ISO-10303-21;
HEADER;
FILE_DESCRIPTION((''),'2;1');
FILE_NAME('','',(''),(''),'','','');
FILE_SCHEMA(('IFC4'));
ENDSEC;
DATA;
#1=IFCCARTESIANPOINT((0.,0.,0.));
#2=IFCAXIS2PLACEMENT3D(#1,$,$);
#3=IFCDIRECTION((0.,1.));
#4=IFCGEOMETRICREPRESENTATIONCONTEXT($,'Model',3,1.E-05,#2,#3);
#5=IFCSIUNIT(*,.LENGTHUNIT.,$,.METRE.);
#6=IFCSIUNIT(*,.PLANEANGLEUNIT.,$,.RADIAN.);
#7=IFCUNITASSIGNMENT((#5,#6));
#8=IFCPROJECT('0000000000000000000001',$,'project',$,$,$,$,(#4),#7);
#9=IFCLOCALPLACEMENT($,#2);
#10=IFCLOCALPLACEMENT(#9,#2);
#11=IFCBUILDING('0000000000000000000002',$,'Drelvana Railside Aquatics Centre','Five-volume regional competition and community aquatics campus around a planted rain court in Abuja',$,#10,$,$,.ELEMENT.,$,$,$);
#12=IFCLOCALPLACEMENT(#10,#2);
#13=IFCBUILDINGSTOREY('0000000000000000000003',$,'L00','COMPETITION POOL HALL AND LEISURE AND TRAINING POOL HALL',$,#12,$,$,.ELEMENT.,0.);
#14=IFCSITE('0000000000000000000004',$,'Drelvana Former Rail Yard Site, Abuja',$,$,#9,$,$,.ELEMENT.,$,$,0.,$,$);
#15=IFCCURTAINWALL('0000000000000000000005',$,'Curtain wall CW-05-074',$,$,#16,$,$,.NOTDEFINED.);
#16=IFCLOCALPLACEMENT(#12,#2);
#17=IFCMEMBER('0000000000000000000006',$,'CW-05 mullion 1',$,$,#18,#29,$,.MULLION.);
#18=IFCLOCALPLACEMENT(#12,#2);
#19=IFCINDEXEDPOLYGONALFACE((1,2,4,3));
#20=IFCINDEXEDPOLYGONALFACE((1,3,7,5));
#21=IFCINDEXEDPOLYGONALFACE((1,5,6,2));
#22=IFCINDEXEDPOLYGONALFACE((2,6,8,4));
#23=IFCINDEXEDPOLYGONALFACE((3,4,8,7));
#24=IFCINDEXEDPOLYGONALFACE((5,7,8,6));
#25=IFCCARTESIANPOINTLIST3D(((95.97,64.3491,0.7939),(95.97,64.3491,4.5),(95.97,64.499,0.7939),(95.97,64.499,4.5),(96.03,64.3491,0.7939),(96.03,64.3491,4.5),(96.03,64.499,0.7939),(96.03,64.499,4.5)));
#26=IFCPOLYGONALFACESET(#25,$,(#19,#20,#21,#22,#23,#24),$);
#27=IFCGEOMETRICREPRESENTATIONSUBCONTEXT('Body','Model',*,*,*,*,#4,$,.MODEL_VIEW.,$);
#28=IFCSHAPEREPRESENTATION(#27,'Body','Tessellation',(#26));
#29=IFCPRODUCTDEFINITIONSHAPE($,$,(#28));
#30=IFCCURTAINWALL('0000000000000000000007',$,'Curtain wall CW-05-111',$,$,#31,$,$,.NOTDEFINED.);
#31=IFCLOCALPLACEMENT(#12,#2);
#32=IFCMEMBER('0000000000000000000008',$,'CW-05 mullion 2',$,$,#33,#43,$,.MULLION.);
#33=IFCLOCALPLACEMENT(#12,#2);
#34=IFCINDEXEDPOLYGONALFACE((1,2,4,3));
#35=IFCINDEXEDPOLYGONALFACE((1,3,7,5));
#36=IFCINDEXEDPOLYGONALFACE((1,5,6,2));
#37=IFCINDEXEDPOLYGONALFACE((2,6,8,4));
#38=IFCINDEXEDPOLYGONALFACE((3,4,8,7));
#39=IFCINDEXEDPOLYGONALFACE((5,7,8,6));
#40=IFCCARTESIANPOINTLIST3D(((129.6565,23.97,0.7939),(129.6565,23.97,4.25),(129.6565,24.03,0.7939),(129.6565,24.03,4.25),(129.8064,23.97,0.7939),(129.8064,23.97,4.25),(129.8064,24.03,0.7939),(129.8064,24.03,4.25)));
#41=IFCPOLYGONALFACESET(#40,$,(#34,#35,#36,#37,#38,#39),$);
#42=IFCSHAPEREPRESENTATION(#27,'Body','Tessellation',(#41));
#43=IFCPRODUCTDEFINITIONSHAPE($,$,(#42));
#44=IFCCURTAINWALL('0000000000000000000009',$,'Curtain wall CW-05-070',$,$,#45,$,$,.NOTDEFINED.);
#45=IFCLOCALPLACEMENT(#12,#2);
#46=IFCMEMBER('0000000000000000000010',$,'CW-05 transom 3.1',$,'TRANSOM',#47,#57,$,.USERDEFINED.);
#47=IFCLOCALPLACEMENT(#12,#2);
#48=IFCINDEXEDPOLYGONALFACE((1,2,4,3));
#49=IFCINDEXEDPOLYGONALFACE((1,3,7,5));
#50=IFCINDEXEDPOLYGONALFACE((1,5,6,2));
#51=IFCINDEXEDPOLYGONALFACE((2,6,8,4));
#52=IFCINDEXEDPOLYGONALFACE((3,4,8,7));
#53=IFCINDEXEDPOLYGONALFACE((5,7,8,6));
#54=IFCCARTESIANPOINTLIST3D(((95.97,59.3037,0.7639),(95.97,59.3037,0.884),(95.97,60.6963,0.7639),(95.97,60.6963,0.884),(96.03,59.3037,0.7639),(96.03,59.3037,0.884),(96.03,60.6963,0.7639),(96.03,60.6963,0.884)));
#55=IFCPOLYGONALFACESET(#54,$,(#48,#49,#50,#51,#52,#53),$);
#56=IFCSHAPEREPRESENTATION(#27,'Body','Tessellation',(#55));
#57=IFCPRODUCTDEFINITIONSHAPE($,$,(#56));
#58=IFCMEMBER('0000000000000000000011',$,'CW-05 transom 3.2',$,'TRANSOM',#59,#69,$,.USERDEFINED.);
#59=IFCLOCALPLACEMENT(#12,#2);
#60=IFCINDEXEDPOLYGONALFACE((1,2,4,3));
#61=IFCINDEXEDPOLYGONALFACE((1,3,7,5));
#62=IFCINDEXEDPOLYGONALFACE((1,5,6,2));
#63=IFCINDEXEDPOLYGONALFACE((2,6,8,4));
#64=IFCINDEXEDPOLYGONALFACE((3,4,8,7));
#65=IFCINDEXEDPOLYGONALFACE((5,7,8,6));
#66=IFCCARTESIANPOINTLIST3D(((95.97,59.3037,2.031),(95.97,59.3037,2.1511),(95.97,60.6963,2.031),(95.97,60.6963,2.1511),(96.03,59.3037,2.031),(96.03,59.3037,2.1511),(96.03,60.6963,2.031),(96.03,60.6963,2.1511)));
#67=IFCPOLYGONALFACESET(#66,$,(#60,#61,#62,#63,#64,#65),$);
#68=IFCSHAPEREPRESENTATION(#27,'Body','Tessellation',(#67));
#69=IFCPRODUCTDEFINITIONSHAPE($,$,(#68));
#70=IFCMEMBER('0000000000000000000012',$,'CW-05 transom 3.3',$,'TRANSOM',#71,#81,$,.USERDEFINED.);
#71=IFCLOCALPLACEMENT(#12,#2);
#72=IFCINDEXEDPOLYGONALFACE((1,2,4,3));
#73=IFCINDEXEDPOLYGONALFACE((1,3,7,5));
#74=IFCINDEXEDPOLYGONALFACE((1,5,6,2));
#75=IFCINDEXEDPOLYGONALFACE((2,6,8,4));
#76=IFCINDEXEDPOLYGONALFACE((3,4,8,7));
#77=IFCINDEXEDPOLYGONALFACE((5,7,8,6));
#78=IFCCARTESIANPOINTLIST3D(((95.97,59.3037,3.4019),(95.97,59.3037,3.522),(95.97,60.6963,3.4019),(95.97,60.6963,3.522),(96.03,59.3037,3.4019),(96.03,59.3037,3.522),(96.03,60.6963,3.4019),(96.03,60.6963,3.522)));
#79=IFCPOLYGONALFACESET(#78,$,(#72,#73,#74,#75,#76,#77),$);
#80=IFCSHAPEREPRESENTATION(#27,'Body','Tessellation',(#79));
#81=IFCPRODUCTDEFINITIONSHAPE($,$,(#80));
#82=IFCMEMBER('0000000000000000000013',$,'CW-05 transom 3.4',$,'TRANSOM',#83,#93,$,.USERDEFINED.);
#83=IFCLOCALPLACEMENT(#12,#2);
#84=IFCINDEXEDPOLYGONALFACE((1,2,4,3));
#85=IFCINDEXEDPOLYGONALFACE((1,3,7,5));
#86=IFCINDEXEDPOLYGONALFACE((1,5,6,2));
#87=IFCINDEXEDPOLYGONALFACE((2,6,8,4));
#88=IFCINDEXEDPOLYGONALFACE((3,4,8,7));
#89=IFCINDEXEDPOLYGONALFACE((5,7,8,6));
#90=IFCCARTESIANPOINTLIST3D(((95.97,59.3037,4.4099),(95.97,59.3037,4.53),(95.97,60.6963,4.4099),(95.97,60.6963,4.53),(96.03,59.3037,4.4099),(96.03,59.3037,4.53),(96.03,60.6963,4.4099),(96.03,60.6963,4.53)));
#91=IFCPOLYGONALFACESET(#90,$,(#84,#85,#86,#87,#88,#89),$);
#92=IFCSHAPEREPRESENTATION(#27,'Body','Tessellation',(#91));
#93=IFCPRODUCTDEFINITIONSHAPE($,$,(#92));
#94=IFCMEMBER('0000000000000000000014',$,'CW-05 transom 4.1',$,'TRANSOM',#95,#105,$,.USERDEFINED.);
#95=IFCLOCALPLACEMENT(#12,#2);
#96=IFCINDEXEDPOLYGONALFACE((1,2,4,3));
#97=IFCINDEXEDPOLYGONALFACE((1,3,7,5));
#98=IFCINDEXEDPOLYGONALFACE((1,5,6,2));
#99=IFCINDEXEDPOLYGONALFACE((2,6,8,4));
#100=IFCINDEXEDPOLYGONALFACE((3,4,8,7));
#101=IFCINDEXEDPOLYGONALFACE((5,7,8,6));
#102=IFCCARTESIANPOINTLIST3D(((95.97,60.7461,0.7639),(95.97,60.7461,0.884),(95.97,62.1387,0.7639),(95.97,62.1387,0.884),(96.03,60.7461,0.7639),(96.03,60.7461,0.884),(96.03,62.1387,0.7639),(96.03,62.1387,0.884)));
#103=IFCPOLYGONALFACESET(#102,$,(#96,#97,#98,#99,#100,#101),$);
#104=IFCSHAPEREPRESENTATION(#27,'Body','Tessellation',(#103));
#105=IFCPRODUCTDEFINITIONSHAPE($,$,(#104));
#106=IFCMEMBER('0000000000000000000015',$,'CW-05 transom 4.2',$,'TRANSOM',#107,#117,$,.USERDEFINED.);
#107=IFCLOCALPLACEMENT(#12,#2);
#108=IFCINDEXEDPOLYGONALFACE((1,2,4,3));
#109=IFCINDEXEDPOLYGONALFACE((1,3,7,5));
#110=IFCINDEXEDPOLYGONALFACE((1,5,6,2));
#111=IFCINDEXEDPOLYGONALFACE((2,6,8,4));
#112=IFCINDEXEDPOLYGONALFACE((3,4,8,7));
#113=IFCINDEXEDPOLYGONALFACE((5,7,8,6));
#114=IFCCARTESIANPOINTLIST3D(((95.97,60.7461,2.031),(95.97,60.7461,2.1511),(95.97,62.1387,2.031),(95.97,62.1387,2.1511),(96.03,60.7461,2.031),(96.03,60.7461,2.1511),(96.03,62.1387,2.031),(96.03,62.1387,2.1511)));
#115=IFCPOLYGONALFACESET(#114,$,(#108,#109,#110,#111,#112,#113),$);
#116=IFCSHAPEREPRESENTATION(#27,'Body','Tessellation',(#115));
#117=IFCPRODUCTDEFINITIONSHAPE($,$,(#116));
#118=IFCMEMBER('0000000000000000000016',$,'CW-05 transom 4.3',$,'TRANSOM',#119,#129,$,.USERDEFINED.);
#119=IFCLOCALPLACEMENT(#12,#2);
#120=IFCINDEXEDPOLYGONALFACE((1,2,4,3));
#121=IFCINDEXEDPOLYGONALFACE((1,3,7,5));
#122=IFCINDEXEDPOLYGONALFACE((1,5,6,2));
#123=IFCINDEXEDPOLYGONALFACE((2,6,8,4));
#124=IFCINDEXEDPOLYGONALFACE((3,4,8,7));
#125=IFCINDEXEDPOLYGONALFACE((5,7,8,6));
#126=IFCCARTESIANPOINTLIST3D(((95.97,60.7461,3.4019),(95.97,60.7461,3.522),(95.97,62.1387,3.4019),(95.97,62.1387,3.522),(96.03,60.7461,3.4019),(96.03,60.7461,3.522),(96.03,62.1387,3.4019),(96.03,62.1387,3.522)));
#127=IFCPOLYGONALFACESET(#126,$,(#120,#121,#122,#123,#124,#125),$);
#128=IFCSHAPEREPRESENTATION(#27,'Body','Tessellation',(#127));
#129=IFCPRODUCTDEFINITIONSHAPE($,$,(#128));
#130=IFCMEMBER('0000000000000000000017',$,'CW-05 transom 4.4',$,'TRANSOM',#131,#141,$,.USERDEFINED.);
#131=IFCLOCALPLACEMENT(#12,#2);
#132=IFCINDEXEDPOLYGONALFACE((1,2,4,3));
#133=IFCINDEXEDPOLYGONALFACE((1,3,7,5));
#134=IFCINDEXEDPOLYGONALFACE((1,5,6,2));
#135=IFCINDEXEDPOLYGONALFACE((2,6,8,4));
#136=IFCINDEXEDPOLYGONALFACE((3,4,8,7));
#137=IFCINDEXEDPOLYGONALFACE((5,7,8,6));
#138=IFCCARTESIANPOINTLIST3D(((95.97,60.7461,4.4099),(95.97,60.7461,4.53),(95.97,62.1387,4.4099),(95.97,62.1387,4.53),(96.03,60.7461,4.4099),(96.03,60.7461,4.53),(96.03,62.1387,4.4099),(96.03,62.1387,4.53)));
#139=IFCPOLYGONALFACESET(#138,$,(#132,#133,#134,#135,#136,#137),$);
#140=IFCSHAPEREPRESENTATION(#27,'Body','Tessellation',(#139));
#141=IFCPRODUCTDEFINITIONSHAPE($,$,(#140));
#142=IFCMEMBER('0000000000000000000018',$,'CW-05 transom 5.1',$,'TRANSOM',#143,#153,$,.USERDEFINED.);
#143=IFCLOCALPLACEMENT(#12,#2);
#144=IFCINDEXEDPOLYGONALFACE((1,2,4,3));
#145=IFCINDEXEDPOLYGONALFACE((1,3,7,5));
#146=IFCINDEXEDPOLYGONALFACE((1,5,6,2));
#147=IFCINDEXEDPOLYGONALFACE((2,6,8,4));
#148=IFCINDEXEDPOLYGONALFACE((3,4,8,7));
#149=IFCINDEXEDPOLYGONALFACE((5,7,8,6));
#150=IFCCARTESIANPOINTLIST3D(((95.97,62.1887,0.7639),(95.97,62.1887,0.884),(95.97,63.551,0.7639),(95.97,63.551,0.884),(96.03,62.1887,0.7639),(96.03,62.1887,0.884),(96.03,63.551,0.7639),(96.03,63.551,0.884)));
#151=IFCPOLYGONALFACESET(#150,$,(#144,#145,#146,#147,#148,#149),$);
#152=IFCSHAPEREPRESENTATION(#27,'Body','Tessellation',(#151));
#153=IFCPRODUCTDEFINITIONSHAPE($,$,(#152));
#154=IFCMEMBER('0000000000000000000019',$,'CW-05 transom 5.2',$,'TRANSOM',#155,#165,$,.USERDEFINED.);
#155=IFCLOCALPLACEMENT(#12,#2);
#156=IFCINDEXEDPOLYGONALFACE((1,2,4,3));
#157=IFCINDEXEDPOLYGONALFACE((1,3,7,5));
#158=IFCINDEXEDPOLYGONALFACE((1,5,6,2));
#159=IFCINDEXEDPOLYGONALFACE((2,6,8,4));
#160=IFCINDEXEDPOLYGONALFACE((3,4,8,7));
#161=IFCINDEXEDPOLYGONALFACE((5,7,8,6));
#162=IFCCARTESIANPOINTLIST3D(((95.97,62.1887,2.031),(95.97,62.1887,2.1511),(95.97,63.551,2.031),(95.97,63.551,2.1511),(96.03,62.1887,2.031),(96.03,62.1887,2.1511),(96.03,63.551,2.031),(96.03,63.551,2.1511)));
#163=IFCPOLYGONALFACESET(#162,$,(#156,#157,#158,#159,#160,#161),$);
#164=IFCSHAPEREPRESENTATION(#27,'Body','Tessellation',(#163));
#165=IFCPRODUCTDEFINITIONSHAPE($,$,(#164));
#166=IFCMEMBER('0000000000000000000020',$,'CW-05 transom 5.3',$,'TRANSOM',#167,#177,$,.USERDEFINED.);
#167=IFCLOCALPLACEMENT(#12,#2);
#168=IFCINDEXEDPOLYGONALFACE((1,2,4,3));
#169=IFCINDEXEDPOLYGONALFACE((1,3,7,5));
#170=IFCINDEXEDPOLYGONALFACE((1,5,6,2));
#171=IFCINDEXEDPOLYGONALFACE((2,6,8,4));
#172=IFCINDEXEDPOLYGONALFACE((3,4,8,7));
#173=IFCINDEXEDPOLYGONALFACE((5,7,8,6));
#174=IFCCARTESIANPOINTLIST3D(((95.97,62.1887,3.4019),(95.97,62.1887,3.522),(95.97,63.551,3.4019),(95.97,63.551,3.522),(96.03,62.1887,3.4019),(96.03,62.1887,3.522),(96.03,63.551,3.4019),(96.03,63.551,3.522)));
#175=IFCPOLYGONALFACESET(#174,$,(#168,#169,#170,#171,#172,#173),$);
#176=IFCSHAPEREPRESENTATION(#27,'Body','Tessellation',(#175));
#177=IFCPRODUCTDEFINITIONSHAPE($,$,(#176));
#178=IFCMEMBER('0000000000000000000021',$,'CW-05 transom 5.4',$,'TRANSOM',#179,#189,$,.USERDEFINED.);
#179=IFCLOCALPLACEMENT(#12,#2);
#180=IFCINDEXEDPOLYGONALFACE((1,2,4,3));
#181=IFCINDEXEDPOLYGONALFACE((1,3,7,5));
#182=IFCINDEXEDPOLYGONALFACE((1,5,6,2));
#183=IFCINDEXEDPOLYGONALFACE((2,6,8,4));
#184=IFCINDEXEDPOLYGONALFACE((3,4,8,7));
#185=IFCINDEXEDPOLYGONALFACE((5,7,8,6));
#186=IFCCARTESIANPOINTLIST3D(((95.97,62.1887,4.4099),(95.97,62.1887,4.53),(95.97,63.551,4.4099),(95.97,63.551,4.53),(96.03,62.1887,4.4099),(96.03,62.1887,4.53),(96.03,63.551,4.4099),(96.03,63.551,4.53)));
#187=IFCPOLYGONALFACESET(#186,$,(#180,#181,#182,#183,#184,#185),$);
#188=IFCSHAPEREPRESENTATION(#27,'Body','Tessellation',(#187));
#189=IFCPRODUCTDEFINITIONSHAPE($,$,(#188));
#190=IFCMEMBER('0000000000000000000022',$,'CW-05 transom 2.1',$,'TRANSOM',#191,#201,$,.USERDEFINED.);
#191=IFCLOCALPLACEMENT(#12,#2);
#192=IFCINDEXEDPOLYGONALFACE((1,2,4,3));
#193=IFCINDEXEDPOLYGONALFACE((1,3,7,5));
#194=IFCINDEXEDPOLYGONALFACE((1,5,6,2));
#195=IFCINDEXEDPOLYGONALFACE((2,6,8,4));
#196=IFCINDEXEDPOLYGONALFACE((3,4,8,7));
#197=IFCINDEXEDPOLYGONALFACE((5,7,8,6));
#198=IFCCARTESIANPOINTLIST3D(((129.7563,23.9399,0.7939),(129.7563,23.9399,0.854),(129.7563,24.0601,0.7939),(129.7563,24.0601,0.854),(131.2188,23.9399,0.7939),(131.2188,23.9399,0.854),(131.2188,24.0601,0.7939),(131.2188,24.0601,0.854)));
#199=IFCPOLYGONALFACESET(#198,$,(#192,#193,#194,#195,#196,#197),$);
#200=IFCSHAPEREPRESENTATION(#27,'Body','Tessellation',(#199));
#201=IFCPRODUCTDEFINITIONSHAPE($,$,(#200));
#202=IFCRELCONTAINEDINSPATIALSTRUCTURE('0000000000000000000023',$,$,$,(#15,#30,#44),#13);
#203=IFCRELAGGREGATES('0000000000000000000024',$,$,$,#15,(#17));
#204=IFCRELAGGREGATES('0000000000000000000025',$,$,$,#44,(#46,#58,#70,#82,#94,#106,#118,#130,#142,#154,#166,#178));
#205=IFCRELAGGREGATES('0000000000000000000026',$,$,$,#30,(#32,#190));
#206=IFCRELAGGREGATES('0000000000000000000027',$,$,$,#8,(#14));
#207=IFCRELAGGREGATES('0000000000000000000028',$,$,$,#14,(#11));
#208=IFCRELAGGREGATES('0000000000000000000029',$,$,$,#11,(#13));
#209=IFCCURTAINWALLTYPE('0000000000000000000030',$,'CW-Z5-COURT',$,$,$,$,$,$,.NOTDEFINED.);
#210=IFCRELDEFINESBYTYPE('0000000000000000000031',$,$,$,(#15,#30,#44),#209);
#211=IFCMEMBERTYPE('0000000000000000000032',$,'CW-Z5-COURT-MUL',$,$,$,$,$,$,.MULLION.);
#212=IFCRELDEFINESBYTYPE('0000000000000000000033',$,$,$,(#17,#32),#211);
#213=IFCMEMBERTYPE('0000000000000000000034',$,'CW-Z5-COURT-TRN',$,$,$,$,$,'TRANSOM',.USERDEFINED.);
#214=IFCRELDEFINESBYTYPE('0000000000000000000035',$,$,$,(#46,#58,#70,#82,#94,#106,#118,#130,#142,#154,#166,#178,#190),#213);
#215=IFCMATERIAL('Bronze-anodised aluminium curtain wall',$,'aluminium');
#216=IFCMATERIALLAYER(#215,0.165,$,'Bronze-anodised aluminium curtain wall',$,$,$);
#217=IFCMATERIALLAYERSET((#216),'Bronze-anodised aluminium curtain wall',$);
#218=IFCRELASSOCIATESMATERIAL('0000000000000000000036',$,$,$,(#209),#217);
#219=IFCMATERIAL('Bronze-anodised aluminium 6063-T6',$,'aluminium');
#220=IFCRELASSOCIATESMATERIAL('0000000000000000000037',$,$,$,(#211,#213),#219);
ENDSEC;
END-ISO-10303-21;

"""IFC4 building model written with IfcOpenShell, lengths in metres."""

from ifc_helpers import new_model, si_unit, direction, frame, origin, origin_2d, place, context, subcontext, project, spatial, rectangle, extrude, material, layer, layer_set, material_profile, profile_set, type_object, element, aggregate, save


model = new_model("IFC4")

# Units and contexts
model_context = context("Model", 3, precision=1e-05, world=origin(), true_north=direction((0.0, 1.0)))
body_context = subcontext(model_context, "Body", "Model", "MODEL_VIEW")
ifc_project = project(units=[si_unit("LENGTHUNIT", "METRE"), si_unit("PLANEANGLEUNIT", "RADIAN")], contexts=[model_context])

# Site, building, storey
site_placement = place(None, origin())
site = spatial("IfcSite", under=ifc_project, at=site_placement, Name="Drelvana Former Rail Yard Site, Abuja", CompositionType="ELEMENT", RefElevation=0.0)
building_placement = place(site_placement, origin())
building = spatial("IfcBuilding", under=site, at=building_placement, Name="Drelvana Railside Aquatics Centre", Description="Five-volume regional competition and community aquatics campus around a planted rain court in Abuja", CompositionType="ELEMENT")
storey_placement = place(building_placement, origin())
storey = spatial("IfcBuildingStorey", under=building, at=storey_placement, Name="L00", Description="COMPETITION POOL HALL AND LEISURE AND TRAINING POOL HALL", CompositionType="ELEMENT", Elevation=0.0)

# Curtain walls, members
ifc_material_1 = material(Name="Bronze-anodised aluminium curtain wall", Category="aluminium")
ifc_layer_1 = layer(ifc_material_1, 0.165, Name="Bronze-anodised aluminium curtain wall")
ifc_layer_set_1 = layer_set([ifc_layer_1], Name="Bronze-anodised aluminium curtain wall")
curtain_wall_type = type_object("IfcCurtainWallType", Name="CW-Z5-COURT", PredefinedType="NOTDEFINED", material=ifc_layer_set_1)
curtain_wall_1_placement = place(storey_placement, origin())
curtain_wall_1 = element("IfcCurtainWall", 1, at=curtain_wall_1_placement, inside=storey, type_object=curtain_wall_type, Name="Curtain wall CW-05-074", PredefinedType="NOTDEFINED")
ifc_material_2 = material(Name="Bronze-anodised aluminium 6063-T6", Category="aluminium")
ifc_material_profile_1 = material_profile(ifc_material_2, rectangle(XDim=0.0601, YDim=0.1499, at=origin_2d()), Name="ALU-M 60x150")
ifc_profile_set_1 = profile_set([ifc_material_profile_1], Name="Bronze-anodised aluminium 6063-T6")
member_type_1 = type_object("IfcMemberType", Name="CW-Z5-COURT-MUL", PredefinedType="MULLION", material=ifc_profile_set_1)
member_1_placement = place(storey_placement, frame((96.0, 64.4241, 0.7939), z_axis=(0.0, 0.0, 1.0), x_axis=(-1.0, 0.0, 0.0)))
member_1 = element("IfcMember", 2, at=member_1_placement, type_object=member_type_1, Name="CW-05 mullion 1", PredefinedType="MULLION", context=body_context, shape_type="SweptSolid", body=[
    extrude(rectangle(XDim=0.0601, YDim=0.1499, at=origin_2d()), origin(), (0.0, 0.0, 1.0), 3.7061),
])
aggregate(curtain_wall_1, [member_1])
curtain_wall_2_placement = place(storey_placement, origin())
curtain_wall_2 = element("IfcCurtainWall", 3, at=curtain_wall_2_placement, inside=storey, type_object=curtain_wall_type, Name="Curtain wall CW-05-111", PredefinedType="NOTDEFINED")
member_2_placement = place(storey_placement, frame((129.7314, 24.0, 0.7939), z_axis=(0.0, 0.0, 1.0), x_axis=(0.0, 1.0, 0.0)))
member_2 = element("IfcMember", 4, at=member_2_placement, type_object=member_type_1, Name="CW-05 mullion 2", PredefinedType="MULLION", context=body_context, shape_type="SweptSolid", body=[
    extrude(rectangle(XDim=0.0601, YDim=0.1499, at=origin_2d()), origin(), (0.0, 0.0, 1.0), 3.4561),
])

# Curtain wall, members
curtain_wall_3_placement = place(storey_placement, origin())
curtain_wall_3 = element("IfcCurtainWall", 5, at=curtain_wall_3_placement, inside=storey, type_object=curtain_wall_type, Name="Curtain wall CW-05-070", PredefinedType="NOTDEFINED")
ifc_material_profile_2 = material_profile(ifc_material_2, rectangle(XDim=0.1201, YDim=0.0601, at=origin_2d()), Name="ALU-T 60x120")
ifc_profile_set_2 = profile_set([ifc_material_profile_2], Name="Bronze-anodised aluminium 6063-T6")
member_type_2 = type_object("IfcMemberType", Name="CW-Z5-COURT-TRN", ElementType="TRANSOM", PredefinedType="USERDEFINED", material=ifc_profile_set_2)
member_3_placement = place(storey_placement, frame((96.0, 59.3037, 0.824), z_axis=(0.0, 1.0, 0.0), x_axis=(0.0, 0.0, 1.0)))
member_3 = element("IfcMember", 6, at=member_3_placement, type_object=member_type_2, Name="CW-05 transom 3.1", ObjectType="TRANSOM", PredefinedType="USERDEFINED", context=body_context, shape_type="SweptSolid", body=[
    extrude(rectangle(XDim=0.1201, YDim=0.0601, at=origin_2d()), origin(), (0.0, 0.0, 1.0), 1.3926),
])
member_4_placement = place(storey_placement, frame((96.0, 59.3037, 2.0911), z_axis=(0.0, 1.0, 0.0), x_axis=(0.0, 0.0, 1.0)))
member_4 = element("IfcMember", 7, at=member_4_placement, type_object=member_type_2, Name="CW-05 transom 3.2", ObjectType="TRANSOM", PredefinedType="USERDEFINED", context=body_context, shape_type="SweptSolid", body=[
    extrude(rectangle(XDim=0.1201, YDim=0.0601, at=origin_2d()), origin(), (0.0, 0.0, 1.0), 1.3926),
])
member_5_placement = place(storey_placement, frame((96.0, 59.3037, 3.4619), z_axis=(0.0, 1.0, 0.0), x_axis=(0.0, 0.0, 1.0)))
member_5 = element("IfcMember", 8, at=member_5_placement, type_object=member_type_2, Name="CW-05 transom 3.3", ObjectType="TRANSOM", PredefinedType="USERDEFINED", context=body_context, shape_type="SweptSolid", body=[
    extrude(rectangle(XDim=0.1201, YDim=0.0601, at=origin_2d()), origin(), (0.0, 0.0, 1.0), 1.3926),
])
member_6_placement = place(storey_placement, frame((96.0, 59.3037, 4.47), z_axis=(0.0, 1.0, 0.0), x_axis=(0.0, 0.0, 1.0)))
member_6 = element("IfcMember", 9, at=member_6_placement, type_object=member_type_2, Name="CW-05 transom 3.4", ObjectType="TRANSOM", PredefinedType="USERDEFINED", context=body_context, shape_type="SweptSolid", body=[
    extrude(rectangle(XDim=0.1201, YDim=0.0601, at=origin_2d()), origin(), (0.0, 0.0, 1.0), 1.3926),
])
member_7_placement = place(storey_placement, frame((96.0, 60.7461, 0.824), z_axis=(0.0, 1.0, 0.0), x_axis=(0.0, 0.0, 1.0)))
member_7 = element("IfcMember", 10, at=member_7_placement, type_object=member_type_2, Name="CW-05 transom 4.1", ObjectType="TRANSOM", PredefinedType="USERDEFINED", context=body_context, shape_type="SweptSolid", body=[
    extrude(rectangle(XDim=0.1201, YDim=0.0601, at=origin_2d()), origin(), (0.0, 0.0, 1.0), 1.3926),
])
member_8_placement = place(storey_placement, frame((96.0, 60.7461, 2.0911), z_axis=(0.0, 1.0, 0.0), x_axis=(0.0, 0.0, 1.0)))
member_8 = element("IfcMember", 11, at=member_8_placement, type_object=member_type_2, Name="CW-05 transom 4.2", ObjectType="TRANSOM", PredefinedType="USERDEFINED", context=body_context, shape_type="SweptSolid", body=[
    extrude(rectangle(XDim=0.1201, YDim=0.0601, at=origin_2d()), origin(), (0.0, 0.0, 1.0), 1.3926),
])
member_9_placement = place(storey_placement, frame((96.0, 60.7461, 3.4619), z_axis=(0.0, 1.0, 0.0), x_axis=(0.0, 0.0, 1.0)))
member_9 = element("IfcMember", 12, at=member_9_placement, type_object=member_type_2, Name="CW-05 transom 4.3", ObjectType="TRANSOM", PredefinedType="USERDEFINED", context=body_context, shape_type="SweptSolid", body=[
    extrude(rectangle(XDim=0.1201, YDim=0.0601, at=origin_2d()), origin(), (0.0, 0.0, 1.0), 1.3926),
])
member_10_placement = place(storey_placement, frame((96.0, 60.7461, 4.47), z_axis=(0.0, 1.0, 0.0), x_axis=(0.0, 0.0, 1.0)))
member_10 = element("IfcMember", 13, at=member_10_placement, type_object=member_type_2, Name="CW-05 transom 4.4", ObjectType="TRANSOM", PredefinedType="USERDEFINED", context=body_context, shape_type="SweptSolid", body=[
    extrude(rectangle(XDim=0.1201, YDim=0.0601, at=origin_2d()), origin(), (0.0, 0.0, 1.0), 1.3926),
])
member_11_placement = place(storey_placement, frame((96.0, 62.1887, 0.824), z_axis=(0.0, 1.0, 0.0), x_axis=(0.0, 0.0, 1.0)))
member_11 = element("IfcMember", 14, at=member_11_placement, type_object=member_type_2, Name="CW-05 transom 5.1", ObjectType="TRANSOM", PredefinedType="USERDEFINED", context=body_context, shape_type="SweptSolid", body=[
    extrude(rectangle(XDim=0.1201, YDim=0.0601, at=origin_2d()), origin(), (0.0, 0.0, 1.0), 1.3623),
])
member_12_placement = place(storey_placement, frame((96.0, 62.1887, 2.0911), z_axis=(0.0, 1.0, 0.0), x_axis=(0.0, 0.0, 1.0)))
member_12 = element("IfcMember", 15, at=member_12_placement, type_object=member_type_2, Name="CW-05 transom 5.2", ObjectType="TRANSOM", PredefinedType="USERDEFINED", context=body_context, shape_type="SweptSolid", body=[
    extrude(rectangle(XDim=0.1201, YDim=0.0601, at=origin_2d()), origin(), (0.0, 0.0, 1.0), 1.3623),
])
member_13_placement = place(storey_placement, frame((96.0, 62.1887, 3.4619), z_axis=(0.0, 1.0, 0.0), x_axis=(0.0, 0.0, 1.0)))
member_13 = element("IfcMember", 16, at=member_13_placement, type_object=member_type_2, Name="CW-05 transom 5.3", ObjectType="TRANSOM", PredefinedType="USERDEFINED", context=body_context, shape_type="SweptSolid", body=[
    extrude(rectangle(XDim=0.1201, YDim=0.0601, at=origin_2d()), origin(), (0.0, 0.0, 1.0), 1.3623),
])
member_14_placement = place(storey_placement, frame((96.0, 62.1887, 4.47), z_axis=(0.0, 1.0, 0.0), x_axis=(0.0, 0.0, 1.0)))
member_14 = element("IfcMember", 17, at=member_14_placement, type_object=member_type_2, Name="CW-05 transom 5.4", ObjectType="TRANSOM", PredefinedType="USERDEFINED", context=body_context, shape_type="SweptSolid", body=[
    extrude(rectangle(XDim=0.1201, YDim=0.0601, at=origin_2d()), origin(), (0.0, 0.0, 1.0), 1.3623),
])

# Member
member_15_placement = place(storey_placement, frame((129.7563, 24.0, 0.824), z_axis=(1.0, 0.0, 0.0), x_axis=(0.0, 1.0, 0.0)))
member_15 = element("IfcMember", 18, at=member_15_placement, type_object=member_type_2, Name="CW-05 transom 2.1", ObjectType="TRANSOM", PredefinedType="USERDEFINED", context=body_context, shape_type="SweptSolid", body=[
    extrude(rectangle(XDim=0.1201, YDim=0.0601, at=origin_2d()), origin(), (0.0, 0.0, 1.0), 1.4624),
])

aggregate(curtain_wall_3, [member_3, member_4, member_5, member_6, member_7, member_8, member_9, member_10, member_11, member_12, member_13, member_14])
aggregate(curtain_wall_2, [member_2, member_15])

save(model, "model.ifc")
